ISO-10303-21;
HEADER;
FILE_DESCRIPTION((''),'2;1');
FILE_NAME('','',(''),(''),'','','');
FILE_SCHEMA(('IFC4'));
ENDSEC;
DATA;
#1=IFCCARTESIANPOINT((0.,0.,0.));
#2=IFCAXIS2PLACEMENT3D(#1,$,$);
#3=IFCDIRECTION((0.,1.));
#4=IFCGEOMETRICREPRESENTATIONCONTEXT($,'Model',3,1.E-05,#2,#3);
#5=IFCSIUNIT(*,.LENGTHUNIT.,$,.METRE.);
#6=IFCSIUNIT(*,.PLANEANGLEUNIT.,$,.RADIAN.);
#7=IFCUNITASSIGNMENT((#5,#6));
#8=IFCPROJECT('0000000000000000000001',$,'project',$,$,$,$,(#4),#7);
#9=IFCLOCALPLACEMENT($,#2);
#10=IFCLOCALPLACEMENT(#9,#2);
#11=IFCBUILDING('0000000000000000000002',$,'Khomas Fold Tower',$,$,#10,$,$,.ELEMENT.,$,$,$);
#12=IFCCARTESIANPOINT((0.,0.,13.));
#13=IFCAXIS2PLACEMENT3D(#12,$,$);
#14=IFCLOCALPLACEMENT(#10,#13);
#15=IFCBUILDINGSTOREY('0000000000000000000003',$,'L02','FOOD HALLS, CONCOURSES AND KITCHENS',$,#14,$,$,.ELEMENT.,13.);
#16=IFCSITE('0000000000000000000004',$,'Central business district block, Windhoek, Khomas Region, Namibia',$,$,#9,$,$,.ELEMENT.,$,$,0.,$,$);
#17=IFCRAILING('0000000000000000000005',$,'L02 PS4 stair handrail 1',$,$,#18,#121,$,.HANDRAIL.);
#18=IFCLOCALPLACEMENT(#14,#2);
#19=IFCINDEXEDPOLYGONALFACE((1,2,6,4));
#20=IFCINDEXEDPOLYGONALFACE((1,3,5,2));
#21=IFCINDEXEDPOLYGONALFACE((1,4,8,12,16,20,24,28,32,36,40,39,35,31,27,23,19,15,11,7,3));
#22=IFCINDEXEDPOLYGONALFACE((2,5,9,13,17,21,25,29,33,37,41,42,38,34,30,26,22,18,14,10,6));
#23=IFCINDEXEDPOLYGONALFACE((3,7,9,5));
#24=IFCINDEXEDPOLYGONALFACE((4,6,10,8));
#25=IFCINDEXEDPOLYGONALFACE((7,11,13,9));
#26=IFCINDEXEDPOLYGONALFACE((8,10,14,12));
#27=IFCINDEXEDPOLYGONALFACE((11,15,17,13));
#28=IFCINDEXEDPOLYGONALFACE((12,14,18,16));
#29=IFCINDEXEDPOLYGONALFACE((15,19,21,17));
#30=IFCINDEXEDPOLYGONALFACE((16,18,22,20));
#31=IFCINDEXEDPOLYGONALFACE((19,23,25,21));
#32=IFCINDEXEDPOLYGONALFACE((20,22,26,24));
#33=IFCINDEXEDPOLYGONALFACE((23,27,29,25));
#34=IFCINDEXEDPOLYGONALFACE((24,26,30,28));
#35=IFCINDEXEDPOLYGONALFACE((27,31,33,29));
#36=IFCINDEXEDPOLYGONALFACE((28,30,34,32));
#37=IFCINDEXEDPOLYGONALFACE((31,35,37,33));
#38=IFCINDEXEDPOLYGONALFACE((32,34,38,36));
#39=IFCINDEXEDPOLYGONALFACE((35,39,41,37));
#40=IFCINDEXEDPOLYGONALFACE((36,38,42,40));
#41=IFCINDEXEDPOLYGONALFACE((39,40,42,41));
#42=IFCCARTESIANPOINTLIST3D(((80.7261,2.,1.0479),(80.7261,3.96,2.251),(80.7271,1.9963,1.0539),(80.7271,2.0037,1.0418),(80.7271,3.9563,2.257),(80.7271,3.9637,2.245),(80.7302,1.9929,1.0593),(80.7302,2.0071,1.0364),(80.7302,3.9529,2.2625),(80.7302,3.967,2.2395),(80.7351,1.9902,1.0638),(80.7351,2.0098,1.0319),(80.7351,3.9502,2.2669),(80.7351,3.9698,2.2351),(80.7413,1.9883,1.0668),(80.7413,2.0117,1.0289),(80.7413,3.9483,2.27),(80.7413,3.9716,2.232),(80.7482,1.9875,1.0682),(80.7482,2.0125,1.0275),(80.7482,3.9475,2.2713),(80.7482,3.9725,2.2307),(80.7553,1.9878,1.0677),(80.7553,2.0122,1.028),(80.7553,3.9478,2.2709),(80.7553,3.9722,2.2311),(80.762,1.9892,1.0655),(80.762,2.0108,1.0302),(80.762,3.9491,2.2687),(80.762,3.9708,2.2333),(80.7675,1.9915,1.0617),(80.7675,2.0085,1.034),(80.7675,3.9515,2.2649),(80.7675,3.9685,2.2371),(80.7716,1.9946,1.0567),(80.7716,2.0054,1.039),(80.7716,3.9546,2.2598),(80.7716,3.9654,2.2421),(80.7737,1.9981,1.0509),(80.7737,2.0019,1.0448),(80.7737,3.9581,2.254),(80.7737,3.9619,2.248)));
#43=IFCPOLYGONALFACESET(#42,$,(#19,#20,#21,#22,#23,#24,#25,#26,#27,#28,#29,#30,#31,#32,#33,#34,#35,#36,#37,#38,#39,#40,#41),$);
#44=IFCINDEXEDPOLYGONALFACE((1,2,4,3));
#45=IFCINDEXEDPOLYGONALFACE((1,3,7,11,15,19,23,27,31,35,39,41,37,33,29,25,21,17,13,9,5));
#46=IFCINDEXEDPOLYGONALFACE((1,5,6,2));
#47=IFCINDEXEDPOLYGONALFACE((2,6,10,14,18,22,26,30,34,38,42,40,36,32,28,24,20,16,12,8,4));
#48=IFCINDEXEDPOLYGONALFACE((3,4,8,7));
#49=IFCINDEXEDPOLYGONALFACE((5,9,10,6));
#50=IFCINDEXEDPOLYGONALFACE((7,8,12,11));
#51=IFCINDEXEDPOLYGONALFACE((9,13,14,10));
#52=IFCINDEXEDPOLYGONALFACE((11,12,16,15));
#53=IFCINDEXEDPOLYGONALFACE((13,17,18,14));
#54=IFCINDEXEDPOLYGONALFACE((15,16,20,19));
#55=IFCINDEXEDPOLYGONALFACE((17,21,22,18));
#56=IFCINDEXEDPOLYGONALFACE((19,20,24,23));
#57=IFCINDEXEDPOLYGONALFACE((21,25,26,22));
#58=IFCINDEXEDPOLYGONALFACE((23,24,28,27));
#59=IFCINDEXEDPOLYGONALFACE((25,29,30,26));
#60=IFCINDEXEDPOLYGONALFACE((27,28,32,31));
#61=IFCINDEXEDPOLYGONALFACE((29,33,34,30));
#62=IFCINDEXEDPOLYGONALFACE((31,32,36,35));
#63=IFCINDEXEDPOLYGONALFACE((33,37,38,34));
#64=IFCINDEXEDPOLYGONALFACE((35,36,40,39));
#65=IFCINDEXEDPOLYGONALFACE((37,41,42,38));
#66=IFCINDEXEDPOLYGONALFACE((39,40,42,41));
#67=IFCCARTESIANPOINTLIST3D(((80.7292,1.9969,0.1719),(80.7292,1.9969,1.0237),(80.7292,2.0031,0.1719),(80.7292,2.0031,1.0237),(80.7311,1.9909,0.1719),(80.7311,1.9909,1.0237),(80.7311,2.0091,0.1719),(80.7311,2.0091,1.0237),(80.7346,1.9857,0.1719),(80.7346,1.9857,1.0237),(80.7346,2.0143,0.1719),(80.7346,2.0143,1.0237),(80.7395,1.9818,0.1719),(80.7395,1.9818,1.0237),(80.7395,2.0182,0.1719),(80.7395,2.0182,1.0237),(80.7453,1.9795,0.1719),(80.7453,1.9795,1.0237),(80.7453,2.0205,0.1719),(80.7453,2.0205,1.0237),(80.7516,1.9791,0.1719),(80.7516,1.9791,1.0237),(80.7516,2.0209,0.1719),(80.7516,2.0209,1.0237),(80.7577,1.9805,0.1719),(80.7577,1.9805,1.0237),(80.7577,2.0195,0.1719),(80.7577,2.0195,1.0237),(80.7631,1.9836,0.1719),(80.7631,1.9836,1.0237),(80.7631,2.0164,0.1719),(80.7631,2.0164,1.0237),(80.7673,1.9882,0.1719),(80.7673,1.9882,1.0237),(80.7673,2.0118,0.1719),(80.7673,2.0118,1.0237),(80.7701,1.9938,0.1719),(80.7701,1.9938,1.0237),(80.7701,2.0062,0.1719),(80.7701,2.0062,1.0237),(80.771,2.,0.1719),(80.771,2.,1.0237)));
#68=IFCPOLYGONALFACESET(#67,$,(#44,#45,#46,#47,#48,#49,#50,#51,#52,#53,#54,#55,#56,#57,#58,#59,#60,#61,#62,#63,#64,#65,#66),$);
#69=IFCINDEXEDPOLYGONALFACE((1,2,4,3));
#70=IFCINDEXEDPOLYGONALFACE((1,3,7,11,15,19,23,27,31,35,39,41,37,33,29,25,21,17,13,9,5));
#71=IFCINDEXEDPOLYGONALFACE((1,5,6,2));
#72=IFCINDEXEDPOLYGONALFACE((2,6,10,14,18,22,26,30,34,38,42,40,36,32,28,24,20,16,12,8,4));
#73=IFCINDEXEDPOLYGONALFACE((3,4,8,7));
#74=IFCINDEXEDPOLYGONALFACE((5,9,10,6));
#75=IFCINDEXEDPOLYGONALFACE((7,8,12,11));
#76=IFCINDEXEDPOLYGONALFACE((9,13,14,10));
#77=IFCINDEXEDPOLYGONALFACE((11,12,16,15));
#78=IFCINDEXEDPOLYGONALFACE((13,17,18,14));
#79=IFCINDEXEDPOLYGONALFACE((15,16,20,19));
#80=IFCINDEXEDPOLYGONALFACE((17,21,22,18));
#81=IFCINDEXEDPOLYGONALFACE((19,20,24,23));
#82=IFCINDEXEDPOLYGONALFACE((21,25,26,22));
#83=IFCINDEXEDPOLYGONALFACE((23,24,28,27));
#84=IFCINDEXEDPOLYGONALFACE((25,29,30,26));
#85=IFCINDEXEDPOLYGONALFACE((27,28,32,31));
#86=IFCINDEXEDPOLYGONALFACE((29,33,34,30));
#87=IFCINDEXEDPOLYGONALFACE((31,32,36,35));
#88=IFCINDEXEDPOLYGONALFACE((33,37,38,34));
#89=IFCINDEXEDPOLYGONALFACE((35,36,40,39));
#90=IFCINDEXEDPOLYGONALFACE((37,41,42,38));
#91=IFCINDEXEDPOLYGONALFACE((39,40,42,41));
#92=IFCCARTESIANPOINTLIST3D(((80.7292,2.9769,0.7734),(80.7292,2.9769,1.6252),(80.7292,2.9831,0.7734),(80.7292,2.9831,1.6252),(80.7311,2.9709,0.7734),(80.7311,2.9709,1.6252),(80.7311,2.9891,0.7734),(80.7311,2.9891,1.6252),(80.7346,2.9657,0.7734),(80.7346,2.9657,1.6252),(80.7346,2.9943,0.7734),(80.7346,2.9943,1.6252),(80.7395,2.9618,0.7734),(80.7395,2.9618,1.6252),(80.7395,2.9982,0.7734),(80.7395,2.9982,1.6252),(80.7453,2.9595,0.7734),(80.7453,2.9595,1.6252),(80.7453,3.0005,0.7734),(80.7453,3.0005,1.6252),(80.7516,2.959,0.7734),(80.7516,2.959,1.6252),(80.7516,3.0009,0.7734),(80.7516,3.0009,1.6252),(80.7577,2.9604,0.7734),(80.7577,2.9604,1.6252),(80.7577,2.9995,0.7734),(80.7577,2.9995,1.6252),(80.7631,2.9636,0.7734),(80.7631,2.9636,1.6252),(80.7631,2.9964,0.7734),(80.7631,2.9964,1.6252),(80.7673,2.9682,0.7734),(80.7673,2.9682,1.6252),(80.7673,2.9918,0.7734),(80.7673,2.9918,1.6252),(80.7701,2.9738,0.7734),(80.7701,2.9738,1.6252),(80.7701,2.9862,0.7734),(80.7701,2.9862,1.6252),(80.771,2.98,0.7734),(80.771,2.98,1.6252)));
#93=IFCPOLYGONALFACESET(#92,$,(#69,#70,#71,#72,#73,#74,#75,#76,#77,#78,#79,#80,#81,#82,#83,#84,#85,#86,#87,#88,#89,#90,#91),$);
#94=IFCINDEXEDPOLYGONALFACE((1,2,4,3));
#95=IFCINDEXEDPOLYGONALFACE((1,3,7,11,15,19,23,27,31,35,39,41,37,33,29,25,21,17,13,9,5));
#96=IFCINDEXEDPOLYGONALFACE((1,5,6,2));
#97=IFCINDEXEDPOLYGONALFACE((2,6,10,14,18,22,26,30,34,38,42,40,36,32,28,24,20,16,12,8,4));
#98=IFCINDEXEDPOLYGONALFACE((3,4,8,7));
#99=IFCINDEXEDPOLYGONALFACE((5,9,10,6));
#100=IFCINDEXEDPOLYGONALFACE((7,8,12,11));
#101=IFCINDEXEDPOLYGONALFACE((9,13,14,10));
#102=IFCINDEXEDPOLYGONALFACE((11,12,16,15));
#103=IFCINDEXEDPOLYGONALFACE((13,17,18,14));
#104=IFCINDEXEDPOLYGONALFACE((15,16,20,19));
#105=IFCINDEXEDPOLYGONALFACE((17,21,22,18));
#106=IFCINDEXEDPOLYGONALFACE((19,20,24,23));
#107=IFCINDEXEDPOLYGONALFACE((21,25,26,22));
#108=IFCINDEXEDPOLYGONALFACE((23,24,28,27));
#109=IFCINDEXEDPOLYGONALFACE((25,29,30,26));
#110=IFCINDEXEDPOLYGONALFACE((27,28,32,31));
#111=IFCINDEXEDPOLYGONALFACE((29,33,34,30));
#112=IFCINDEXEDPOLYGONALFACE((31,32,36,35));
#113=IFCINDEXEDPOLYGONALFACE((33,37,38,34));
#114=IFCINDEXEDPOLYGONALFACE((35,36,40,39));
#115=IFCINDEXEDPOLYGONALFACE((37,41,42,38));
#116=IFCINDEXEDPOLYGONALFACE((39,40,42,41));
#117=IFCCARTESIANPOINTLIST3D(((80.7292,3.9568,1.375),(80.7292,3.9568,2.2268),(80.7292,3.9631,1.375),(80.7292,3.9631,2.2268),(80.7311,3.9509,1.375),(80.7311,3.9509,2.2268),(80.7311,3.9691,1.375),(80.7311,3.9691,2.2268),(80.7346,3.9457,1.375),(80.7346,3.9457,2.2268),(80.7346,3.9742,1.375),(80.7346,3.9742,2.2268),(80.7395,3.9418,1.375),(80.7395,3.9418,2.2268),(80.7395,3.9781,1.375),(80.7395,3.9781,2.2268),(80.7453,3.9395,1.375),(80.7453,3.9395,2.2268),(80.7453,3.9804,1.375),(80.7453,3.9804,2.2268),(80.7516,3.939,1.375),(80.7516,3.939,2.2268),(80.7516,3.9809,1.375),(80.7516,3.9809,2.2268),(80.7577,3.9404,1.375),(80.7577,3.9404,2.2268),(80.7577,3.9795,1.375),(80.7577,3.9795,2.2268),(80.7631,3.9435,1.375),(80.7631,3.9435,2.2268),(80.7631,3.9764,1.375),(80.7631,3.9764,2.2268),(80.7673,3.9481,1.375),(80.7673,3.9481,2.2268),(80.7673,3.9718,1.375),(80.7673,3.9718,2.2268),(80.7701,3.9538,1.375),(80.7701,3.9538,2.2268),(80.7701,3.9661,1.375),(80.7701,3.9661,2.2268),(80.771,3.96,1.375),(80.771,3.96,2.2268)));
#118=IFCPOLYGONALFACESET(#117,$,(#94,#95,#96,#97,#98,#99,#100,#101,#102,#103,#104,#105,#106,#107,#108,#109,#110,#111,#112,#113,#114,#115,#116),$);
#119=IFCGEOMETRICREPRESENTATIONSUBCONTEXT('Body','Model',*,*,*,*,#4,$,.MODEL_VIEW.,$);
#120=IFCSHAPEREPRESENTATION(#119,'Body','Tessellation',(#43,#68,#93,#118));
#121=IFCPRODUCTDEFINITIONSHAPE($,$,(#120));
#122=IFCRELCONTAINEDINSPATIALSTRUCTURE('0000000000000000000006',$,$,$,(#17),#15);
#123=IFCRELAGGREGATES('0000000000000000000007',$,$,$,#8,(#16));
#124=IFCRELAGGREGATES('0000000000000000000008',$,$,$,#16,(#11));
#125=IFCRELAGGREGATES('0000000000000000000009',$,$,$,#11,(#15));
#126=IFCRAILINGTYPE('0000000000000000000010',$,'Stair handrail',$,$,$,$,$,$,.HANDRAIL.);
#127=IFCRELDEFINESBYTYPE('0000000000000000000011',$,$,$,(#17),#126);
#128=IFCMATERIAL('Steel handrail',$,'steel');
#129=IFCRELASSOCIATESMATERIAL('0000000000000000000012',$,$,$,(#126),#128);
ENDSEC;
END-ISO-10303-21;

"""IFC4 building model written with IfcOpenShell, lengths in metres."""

from ifc_helpers import new_model, si_unit, direction, frame, origin, origin_2d, place, context, subcontext, project, spatial, circle, extrude, source, transform, mapped, material, type_object, element, save


model = new_model("IFC4")

# Units and contexts
model_context = context("Model", 3, precision=1e-05, world=origin(), true_north=direction((0.0, 1.0)))
body_context = subcontext(model_context, "Body", "Model", "MODEL_VIEW")
ifc_project = project(units=[si_unit("LENGTHUNIT", "METRE"), si_unit("PLANEANGLEUNIT", "RADIAN")], contexts=[model_context])

# Site, building, storey
site_placement = place(None, origin())
site = spatial("IfcSite", under=ifc_project, at=site_placement, Name="Central business district block, Windhoek, Khomas Region, Namibia", CompositionType="ELEMENT", RefElevation=0.0)
building_placement = place(site_placement, origin())
building = spatial("IfcBuilding", under=site, at=building_placement, Name="Khomas Fold Tower", CompositionType="ELEMENT")
storey_placement = place(building_placement, frame((0.0, 0.0, 13.0)))
storey = spatial("IfcBuildingStorey", under=building, at=storey_placement, Name="L02", Description="FOOD HALLS, CONCOURSES AND KITCHENS", CompositionType="ELEMENT", Elevation=13.0)

# Railing
ifc_material_1 = material(Name="Steel handrail", Category="steel")
railing_type_1 = type_object("IfcRailingType", Name="Stair handrail", PredefinedType="HANDRAIL", material=ifc_material_1)
shared_shape_1 = source(origin(), body_context, "Body", "SweptSolid", [
    extrude(circle(Radius=0.0239, at=origin_2d()), frame((0.0, 0.0, 0.876), z_axis=(0.0, 0.852241, 0.523149), x_axis=(-1.0, 0.0, 0.0)), (0.0, 0.0, 1.0), 2.2998),
    extrude(circle(Radius=0.021, at=origin_2d()), origin(), (0.0, 0.0, 1.0), 0.8518),
    extrude(circle(Radius=0.021, at=origin_2d()), frame((0.0, 0.98, 0.6016)), (0.0, 0.0, 1.0), 0.8518),
    extrude(circle(Radius=0.021, at=origin_2d()), frame((0.0, 1.96, 1.2031)), (0.0, 0.0, 1.0), 0.8518),
])
for number, where, name in (
    (1, (80.75, 2.0, 0.1719), "L02 PS4 stair handrail 1"),
):
    element("IfcRailing", number, at=place(storey_placement, frame(where)), inside=storey, type_object=railing_type_1, Name=name, PredefinedType="HANDRAIL", context=body_context, shape_type="MappedRepresentation", body=[
        mapped(shared_shape_1, transform((0.0, 0.0, 0.0))),
    ])

save(model, "model.ifc")
